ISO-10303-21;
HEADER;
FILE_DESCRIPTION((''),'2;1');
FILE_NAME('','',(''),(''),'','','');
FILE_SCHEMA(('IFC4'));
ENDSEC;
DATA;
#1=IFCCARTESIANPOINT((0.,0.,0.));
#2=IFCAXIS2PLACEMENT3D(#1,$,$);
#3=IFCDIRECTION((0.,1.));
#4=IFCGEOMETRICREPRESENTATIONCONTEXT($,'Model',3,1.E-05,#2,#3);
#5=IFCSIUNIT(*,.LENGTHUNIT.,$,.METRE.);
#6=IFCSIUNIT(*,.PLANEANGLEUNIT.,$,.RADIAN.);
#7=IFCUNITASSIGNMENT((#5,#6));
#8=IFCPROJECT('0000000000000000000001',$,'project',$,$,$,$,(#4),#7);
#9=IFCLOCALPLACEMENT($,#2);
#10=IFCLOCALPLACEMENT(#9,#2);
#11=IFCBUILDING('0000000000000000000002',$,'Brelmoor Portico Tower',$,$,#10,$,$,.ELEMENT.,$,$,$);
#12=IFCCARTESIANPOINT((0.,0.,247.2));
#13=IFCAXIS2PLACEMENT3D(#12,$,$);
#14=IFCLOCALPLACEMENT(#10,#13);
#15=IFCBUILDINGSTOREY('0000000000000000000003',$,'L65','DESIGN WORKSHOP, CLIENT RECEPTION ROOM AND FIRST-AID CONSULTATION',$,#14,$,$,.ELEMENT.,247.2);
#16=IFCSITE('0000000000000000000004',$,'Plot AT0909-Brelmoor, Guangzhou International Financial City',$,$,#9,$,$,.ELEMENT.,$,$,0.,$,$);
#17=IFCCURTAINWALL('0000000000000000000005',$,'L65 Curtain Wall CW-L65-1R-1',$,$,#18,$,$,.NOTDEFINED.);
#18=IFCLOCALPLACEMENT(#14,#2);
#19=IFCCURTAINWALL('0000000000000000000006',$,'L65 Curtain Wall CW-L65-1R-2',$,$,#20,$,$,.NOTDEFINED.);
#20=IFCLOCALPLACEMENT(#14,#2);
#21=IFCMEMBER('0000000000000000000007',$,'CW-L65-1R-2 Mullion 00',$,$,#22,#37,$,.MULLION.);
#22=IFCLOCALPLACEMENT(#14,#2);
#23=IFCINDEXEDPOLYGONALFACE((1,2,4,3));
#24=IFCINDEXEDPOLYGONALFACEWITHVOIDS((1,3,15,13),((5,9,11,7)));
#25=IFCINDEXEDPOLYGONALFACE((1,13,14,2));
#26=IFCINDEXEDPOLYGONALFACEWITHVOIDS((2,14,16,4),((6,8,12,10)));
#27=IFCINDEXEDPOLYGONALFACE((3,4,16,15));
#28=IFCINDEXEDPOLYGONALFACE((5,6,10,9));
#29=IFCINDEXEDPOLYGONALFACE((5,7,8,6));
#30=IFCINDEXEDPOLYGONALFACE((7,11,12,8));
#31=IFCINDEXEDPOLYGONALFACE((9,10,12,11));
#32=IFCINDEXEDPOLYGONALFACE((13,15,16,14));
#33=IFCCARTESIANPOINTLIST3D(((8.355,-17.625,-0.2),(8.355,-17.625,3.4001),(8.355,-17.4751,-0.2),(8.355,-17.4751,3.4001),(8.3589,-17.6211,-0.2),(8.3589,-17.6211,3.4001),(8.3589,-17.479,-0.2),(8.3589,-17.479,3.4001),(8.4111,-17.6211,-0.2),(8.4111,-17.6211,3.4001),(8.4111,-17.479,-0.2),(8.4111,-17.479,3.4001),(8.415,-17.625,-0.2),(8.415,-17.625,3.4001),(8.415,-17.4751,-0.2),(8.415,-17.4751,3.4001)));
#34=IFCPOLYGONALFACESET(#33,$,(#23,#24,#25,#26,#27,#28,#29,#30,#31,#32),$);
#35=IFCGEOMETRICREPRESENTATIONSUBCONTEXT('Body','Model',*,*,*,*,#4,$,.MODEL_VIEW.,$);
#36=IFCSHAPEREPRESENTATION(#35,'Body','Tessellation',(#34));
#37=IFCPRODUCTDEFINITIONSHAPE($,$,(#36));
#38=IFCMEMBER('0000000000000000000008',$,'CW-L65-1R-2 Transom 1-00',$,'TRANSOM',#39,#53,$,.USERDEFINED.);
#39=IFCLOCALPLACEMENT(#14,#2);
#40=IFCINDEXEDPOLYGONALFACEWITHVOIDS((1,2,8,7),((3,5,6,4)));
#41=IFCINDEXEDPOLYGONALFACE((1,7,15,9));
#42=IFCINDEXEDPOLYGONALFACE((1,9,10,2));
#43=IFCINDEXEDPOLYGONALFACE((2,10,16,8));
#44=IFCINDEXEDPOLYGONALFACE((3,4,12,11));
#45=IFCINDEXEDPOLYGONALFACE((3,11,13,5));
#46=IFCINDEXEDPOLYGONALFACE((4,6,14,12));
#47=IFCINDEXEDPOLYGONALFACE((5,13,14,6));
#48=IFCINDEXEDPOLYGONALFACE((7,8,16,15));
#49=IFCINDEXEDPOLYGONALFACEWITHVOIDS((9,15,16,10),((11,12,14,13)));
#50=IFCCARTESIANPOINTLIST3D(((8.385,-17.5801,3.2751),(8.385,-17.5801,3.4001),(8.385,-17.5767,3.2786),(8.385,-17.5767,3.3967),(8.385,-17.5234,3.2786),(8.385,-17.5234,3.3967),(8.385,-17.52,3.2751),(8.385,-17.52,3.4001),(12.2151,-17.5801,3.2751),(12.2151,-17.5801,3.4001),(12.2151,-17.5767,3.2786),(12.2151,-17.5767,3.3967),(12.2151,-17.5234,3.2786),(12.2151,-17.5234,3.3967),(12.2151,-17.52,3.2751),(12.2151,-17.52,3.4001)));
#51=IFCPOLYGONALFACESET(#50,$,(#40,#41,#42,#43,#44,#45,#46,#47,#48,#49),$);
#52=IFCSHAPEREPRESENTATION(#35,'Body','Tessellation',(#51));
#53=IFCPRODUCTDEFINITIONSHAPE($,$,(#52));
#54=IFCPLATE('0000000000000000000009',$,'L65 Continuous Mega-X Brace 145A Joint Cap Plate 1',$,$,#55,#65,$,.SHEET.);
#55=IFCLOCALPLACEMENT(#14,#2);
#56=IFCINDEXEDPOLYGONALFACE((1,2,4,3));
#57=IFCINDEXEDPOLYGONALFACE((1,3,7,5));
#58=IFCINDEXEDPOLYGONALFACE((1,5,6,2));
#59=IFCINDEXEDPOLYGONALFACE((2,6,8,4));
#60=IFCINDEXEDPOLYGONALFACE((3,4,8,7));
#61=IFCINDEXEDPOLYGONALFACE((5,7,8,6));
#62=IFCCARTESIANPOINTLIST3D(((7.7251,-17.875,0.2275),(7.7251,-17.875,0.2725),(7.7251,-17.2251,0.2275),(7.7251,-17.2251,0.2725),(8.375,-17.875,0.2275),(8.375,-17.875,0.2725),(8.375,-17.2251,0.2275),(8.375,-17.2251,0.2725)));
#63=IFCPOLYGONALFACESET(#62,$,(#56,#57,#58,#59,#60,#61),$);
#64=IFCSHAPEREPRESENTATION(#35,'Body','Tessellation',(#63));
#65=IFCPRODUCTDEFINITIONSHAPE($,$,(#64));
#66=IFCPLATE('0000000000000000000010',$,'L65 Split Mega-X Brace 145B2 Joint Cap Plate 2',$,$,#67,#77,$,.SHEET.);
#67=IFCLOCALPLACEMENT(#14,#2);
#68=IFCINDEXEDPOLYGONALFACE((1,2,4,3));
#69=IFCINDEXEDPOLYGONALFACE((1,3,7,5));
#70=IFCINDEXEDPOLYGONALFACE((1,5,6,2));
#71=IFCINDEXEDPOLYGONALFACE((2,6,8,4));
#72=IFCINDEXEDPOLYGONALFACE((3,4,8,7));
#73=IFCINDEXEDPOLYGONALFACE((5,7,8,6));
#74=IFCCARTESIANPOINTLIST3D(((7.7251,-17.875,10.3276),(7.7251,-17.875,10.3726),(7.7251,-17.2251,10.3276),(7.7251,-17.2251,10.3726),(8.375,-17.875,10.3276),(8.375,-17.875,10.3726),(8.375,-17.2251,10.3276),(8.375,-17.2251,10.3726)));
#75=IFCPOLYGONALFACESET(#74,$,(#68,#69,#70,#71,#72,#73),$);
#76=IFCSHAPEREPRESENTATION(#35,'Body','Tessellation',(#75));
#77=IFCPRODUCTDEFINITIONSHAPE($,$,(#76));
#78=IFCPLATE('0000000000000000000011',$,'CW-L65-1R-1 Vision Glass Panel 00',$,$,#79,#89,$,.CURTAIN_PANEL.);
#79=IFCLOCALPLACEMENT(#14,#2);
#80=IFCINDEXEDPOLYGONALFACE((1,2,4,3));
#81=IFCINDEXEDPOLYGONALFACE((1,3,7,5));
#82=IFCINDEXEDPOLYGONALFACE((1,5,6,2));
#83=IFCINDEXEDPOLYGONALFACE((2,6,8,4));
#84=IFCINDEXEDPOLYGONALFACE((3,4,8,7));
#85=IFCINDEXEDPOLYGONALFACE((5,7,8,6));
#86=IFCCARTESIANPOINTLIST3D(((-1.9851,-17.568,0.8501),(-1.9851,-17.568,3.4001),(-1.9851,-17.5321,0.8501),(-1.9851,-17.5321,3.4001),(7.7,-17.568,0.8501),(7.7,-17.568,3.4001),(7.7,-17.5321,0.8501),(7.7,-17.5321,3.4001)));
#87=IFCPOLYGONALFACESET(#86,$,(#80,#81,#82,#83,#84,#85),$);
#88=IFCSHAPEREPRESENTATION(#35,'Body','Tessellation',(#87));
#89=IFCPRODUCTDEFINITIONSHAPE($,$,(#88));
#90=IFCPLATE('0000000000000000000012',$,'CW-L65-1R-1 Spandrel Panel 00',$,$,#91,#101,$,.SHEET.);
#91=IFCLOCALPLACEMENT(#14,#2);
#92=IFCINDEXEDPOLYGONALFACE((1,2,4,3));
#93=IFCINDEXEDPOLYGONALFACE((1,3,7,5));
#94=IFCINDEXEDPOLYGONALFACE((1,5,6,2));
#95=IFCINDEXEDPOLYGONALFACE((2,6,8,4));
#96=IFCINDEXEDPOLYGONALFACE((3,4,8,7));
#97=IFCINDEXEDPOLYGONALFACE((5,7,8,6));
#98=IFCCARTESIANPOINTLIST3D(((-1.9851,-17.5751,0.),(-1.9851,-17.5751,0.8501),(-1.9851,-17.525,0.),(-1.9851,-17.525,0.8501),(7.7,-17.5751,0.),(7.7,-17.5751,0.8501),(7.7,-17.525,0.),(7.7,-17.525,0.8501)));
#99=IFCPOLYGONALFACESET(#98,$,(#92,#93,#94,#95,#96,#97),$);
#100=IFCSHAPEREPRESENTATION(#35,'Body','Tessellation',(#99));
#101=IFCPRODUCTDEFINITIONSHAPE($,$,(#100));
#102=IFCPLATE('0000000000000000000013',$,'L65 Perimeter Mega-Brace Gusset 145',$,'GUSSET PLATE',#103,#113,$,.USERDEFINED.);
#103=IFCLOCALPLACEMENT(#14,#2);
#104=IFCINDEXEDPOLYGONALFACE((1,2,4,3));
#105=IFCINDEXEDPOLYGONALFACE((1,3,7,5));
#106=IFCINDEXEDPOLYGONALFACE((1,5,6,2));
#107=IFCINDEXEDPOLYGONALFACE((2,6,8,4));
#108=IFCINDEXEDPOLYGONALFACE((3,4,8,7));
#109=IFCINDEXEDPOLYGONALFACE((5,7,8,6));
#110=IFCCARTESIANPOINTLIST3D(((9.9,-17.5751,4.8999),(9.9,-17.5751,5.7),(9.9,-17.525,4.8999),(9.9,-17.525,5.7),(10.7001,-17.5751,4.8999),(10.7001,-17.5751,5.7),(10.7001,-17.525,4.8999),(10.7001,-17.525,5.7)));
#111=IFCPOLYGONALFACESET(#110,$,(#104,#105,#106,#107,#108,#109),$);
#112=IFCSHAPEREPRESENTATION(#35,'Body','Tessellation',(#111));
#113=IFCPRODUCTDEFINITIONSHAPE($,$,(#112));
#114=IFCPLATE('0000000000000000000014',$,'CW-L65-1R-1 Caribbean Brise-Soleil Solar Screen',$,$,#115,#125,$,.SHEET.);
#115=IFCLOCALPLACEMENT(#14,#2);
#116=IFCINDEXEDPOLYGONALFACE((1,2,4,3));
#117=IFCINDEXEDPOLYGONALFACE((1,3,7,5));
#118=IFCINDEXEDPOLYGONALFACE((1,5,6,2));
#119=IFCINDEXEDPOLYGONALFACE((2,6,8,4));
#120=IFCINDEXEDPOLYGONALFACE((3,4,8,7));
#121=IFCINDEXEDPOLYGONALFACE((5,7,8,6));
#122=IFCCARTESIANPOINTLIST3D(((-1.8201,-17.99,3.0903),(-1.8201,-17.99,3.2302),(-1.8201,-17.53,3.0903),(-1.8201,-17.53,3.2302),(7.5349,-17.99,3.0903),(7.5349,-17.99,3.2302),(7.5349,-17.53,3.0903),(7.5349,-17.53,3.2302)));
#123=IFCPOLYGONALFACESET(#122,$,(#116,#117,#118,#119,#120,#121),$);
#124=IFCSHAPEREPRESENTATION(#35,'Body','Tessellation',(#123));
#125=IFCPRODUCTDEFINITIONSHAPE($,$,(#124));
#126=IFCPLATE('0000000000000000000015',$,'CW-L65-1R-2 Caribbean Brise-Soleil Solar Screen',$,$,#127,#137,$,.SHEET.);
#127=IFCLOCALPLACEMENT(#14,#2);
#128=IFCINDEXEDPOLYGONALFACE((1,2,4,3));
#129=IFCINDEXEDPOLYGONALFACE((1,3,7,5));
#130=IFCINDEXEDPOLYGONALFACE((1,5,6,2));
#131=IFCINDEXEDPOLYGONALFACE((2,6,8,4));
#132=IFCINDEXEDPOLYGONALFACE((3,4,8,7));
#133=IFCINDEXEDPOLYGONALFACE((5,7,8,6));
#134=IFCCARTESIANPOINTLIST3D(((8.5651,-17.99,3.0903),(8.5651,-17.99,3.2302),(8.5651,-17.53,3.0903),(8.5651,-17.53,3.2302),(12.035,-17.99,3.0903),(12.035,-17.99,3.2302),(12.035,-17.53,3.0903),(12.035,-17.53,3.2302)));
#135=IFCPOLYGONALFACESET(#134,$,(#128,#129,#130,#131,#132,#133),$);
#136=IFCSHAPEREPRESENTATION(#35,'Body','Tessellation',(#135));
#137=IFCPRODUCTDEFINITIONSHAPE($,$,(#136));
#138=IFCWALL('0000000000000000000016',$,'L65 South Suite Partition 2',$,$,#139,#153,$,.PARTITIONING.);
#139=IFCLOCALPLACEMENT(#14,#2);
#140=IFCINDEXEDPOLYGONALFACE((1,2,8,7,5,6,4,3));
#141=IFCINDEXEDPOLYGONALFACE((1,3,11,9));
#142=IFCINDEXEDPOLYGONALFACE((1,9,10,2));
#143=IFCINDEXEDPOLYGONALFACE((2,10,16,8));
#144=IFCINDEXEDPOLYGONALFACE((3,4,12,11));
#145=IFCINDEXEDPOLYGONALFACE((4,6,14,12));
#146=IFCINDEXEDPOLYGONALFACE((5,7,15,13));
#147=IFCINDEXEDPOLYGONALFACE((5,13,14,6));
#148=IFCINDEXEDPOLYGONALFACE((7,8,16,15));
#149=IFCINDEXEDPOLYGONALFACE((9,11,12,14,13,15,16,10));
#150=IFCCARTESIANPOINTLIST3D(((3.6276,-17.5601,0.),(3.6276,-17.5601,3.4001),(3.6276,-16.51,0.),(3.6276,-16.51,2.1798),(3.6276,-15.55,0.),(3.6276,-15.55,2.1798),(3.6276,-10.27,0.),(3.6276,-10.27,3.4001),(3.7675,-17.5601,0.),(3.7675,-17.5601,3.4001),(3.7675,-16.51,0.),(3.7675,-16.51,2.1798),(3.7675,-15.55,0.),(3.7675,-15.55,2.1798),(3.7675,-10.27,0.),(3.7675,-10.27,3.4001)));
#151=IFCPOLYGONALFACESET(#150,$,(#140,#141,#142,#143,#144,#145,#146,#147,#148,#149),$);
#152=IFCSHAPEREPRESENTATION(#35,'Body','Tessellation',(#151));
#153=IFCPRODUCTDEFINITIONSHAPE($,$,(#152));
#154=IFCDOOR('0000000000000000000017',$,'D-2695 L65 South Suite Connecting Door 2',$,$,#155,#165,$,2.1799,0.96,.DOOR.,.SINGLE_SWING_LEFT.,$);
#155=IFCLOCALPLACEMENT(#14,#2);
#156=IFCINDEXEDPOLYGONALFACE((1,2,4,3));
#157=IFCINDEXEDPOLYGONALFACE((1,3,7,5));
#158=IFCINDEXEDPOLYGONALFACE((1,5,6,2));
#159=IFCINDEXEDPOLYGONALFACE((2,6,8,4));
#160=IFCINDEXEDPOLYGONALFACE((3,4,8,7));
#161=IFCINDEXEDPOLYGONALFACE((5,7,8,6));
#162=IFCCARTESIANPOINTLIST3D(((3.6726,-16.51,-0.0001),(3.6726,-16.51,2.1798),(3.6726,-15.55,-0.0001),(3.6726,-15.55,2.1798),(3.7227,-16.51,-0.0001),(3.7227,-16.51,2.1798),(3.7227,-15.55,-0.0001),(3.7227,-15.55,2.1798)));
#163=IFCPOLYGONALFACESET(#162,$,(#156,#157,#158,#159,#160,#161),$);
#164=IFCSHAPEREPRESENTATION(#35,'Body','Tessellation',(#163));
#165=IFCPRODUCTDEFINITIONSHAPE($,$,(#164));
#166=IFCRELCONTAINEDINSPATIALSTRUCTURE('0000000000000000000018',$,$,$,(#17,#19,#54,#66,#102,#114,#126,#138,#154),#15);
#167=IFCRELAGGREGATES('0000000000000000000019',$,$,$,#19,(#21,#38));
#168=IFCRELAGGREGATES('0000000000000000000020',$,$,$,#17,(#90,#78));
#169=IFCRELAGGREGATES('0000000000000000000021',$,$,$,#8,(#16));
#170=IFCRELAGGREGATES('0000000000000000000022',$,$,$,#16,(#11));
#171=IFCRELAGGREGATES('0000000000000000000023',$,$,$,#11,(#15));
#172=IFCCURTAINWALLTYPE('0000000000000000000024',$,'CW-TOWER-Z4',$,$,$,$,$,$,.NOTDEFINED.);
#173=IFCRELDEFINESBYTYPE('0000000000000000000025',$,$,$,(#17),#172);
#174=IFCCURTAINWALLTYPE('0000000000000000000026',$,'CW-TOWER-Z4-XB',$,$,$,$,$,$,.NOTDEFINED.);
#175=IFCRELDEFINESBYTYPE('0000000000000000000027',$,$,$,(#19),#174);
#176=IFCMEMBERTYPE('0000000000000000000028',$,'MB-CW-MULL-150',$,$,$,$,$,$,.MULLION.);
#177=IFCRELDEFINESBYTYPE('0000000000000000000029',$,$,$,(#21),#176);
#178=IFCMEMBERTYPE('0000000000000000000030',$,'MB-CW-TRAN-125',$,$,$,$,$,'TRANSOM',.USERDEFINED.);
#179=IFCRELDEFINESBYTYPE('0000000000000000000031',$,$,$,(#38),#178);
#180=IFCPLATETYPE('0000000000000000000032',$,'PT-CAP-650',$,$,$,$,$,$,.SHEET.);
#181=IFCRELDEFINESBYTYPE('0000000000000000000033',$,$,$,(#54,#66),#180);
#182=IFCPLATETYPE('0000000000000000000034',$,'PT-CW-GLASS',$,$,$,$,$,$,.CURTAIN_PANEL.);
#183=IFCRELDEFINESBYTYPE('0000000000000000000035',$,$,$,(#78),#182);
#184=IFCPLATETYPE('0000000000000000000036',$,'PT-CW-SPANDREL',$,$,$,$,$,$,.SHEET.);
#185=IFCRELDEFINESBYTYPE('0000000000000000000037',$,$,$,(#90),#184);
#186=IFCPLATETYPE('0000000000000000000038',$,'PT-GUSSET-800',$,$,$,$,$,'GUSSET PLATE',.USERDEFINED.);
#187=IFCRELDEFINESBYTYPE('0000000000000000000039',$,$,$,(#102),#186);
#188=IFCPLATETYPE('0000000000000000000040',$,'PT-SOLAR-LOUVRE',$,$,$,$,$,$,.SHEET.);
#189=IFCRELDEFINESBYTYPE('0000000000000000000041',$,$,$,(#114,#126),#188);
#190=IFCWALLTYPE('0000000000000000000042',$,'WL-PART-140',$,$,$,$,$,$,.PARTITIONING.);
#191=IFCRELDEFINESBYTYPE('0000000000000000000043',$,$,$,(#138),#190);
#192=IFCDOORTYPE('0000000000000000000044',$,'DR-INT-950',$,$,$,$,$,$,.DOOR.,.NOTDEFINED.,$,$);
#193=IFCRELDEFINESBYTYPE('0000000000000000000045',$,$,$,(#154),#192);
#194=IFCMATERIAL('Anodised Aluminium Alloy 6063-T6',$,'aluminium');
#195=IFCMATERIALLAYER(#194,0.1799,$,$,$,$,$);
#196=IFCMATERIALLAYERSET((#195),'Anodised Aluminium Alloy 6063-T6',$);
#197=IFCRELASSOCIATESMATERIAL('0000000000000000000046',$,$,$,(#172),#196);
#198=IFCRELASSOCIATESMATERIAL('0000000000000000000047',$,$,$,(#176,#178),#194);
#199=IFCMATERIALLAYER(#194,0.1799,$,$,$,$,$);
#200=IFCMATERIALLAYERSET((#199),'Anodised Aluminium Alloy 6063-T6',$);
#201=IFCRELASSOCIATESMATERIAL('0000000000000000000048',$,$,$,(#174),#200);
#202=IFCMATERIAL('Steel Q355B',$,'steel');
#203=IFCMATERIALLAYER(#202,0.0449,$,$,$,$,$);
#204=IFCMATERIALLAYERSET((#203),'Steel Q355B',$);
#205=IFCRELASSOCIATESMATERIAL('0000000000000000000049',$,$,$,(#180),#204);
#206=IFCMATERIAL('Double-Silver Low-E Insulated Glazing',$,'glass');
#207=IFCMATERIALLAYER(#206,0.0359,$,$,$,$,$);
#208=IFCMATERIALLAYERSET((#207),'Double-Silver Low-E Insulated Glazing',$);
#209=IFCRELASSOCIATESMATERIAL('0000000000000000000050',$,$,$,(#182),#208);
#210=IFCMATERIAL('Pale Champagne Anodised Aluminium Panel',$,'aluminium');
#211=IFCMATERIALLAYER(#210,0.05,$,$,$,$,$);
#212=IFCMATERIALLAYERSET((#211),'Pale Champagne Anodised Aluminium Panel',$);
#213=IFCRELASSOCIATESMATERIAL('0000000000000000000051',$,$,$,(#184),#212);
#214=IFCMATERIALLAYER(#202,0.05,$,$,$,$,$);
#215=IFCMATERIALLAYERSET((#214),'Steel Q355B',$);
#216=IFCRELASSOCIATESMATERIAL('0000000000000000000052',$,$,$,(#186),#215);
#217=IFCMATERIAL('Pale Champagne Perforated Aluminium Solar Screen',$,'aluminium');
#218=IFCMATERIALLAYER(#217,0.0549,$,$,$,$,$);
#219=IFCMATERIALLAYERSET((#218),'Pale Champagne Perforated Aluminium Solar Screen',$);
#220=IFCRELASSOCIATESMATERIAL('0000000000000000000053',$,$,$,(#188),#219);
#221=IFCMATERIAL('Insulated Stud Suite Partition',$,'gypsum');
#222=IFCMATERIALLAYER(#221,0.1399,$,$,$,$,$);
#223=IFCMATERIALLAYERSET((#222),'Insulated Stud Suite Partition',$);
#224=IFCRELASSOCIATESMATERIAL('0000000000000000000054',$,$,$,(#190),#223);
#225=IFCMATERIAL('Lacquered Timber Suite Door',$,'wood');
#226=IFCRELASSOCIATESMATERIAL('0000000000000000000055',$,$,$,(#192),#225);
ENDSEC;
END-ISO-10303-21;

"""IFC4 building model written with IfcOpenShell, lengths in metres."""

from ifc_helpers import new_model, si_unit, direction, frame, frame_2d, origin, origin_2d, place, context, subcontext, project, spatial, rectangle, hollow_rectangle, extrude, material, layer, layer_set, material_profile, profile_set, type_object, element, fill, aggregate, save


model = new_model("IFC4")

# Units and contexts
model_context = context("Model", 3, precision=1e-05, world=origin(), true_north=direction((0.0, 1.0)))
body_context = subcontext(model_context, "Body", "Model", "MODEL_VIEW")
ifc_project = project(units=[si_unit("LENGTHUNIT", "METRE"), si_unit("PLANEANGLEUNIT", "RADIAN")], contexts=[model_context])

# Site, building, storey
site_placement = place(None, origin())
site = spatial("IfcSite", under=ifc_project, at=site_placement, Name="Plot AT0909-Brelmoor, Guangzhou International Financial City", CompositionType="ELEMENT", RefElevation=0.0)
building_placement = place(site_placement, origin())
building = spatial("IfcBuilding", under=site, at=building_placement, Name="Brelmoor Portico Tower", CompositionType="ELEMENT")
storey_placement = place(building_placement, frame((0.0, 0.0, 247.2)))
storey = spatial("IfcBuildingStorey", under=building, at=storey_placement, Name="L65", Description="DESIGN WORKSHOP, CLIENT RECEPTION ROOM AND FIRST-AID CONSULTATION", CompositionType="ELEMENT", Elevation=247.2)

# Shared definitions
ifc_material_1 = material(Name="Steel Q355B", Category="steel")

# Curtain wall
ifc_material_2 = material(Name="Anodised Aluminium Alloy 6063-T6", Category="aluminium")
ifc_layer_1 = layer(ifc_material_2, 0.1799)
ifc_layer_set_1 = layer_set([ifc_layer_1], Name="Anodised Aluminium Alloy 6063-T6")
curtain_wall_type_1 = type_object("IfcCurtainWallType", Name="CW-TOWER-Z4", PredefinedType="NOTDEFINED", material=ifc_layer_set_1)
curtain_wall_1_placement = place(storey_placement, origin())
curtain_wall_1 = element("IfcCurtainWall", 1, at=curtain_wall_1_placement, inside=storey, type_object=curtain_wall_type_1, Name="L65 Curtain Wall CW-L65-1R-1", PredefinedType="NOTDEFINED")
ifc_material_profile_1 = material_profile(ifc_material_2, hollow_rectangle(XDim=0.0601, YDim=0.1499, WallThickness=0.0039, at=origin_2d()), Name="ALU MULLION 60x150")
ifc_profile_set_1 = profile_set([ifc_material_profile_1], Name="Anodised Aluminium Alloy 6063-T6")
member_type_1 = type_object("IfcMemberType", Name="MB-CW-MULL-150", PredefinedType="MULLION", material=ifc_profile_set_1)

# Curtain wall, members
ifc_layer_2 = layer(ifc_material_2, 0.1799)
ifc_layer_set_2 = layer_set([ifc_layer_2], Name="Anodised Aluminium Alloy 6063-T6")
curtain_wall_type_2 = type_object("IfcCurtainWallType", Name="CW-TOWER-Z4-XB", PredefinedType="NOTDEFINED", material=ifc_layer_set_2)
curtain_wall_2_placement = place(storey_placement, origin())
curtain_wall_2 = element("IfcCurtainWall", 2, at=curtain_wall_2_placement, inside=storey, type_object=curtain_wall_type_2, Name="L65 Curtain Wall CW-L65-1R-2", PredefinedType="NOTDEFINED")
member_1_placement = place(storey_placement, frame((8.385, -17.55, -0.2), z_axis=(0.0, 0.0, 1.0), x_axis=(1.0, 0.0, 0.0)))
member_1 = element("IfcMember", 3, at=member_1_placement, type_object=member_type_1, Name="CW-L65-1R-2 Mullion 00", PredefinedType="MULLION", context=body_context, shape_type="SweptSolid", body=[
    extrude(hollow_rectangle(XDim=0.0601, YDim=0.1499, WallThickness=0.0039, at=origin_2d()), origin(), (0.0, 0.0, 1.0), 3.6001),
])
ifc_material_profile_2 = material_profile(ifc_material_2, hollow_rectangle(XDim=0.0601, YDim=0.125, WallThickness=0.0034, at=origin_2d()), Name="ALU TRANSOM 60x125")
ifc_profile_set_2 = profile_set([ifc_material_profile_2], Name="Anodised Aluminium Alloy 6063-T6")
member_type_2 = type_object("IfcMemberType", Name="MB-CW-TRAN-125", ElementType="TRANSOM", PredefinedType="USERDEFINED", material=ifc_profile_set_2)
member_2_placement = place(storey_placement, frame((8.385, -17.55, 3.3376), z_axis=(1.0, 0.0, 0.0), x_axis=(0.0, 1.0, 0.0)))
member_2 = element("IfcMember", 4, at=member_2_placement, type_object=member_type_2, Name="CW-L65-1R-2 Transom 1-00", ObjectType="TRANSOM", PredefinedType="USERDEFINED", context=body_context, shape_type="SweptSolid", body=[
    extrude(hollow_rectangle(XDim=0.0601, YDim=0.125, WallThickness=0.0034, at=origin_2d()), origin(), (0.0, 0.0, 1.0), 3.8301),
])
aggregate(curtain_wall_2, [member_1, member_2])

# Plates
ifc_layer_3 = layer(ifc_material_1, 0.0449)
ifc_layer_set_3 = layer_set([ifc_layer_3], Name="Steel Q355B")
plate_type_1 = type_object("IfcPlateType", Name="PT-CAP-650", PredefinedType="SHEET", material=ifc_layer_set_3)
for number, where, z_axis, x_axis, name in (
    (5, (8.05, -17.55, 0.2275), (0.0, 0.0, 1.0), (1.0, 0.0, 0.0), "L65 Continuous Mega-X Brace 145A Joint Cap Plate 1"),
    (6, (8.05, -17.55, 10.3276), (0.0, 0.0, 1.0), (1.0, 0.0, 0.0), "L65 Split Mega-X Brace 145B2 Joint Cap Plate 2"),
):
    element("IfcPlate", number, at=place(storey_placement, frame(where, z_axis=z_axis, x_axis=x_axis)), inside=storey, type_object=plate_type_1, Name=name, PredefinedType="SHEET", context=body_context, shape_type="SweptSolid", body=[
        extrude(rectangle(XDim=0.6499, YDim=0.6499, at=origin_2d()), origin(), (0.0, 0.0, 1.0), 0.0449),
    ])

# Plates
ifc_material_3 = material(Name="Double-Silver Low-E Insulated Glazing", Category="glass")
ifc_layer_4 = layer(ifc_material_3, 0.0359)
ifc_layer_set_4 = layer_set([ifc_layer_4], Name="Double-Silver Low-E Insulated Glazing")
plate_type_2 = type_object("IfcPlateType", Name="PT-CW-GLASS", PredefinedType="CURTAIN_PANEL", material=ifc_layer_set_4)
plate_1_placement = place(storey_placement, frame((2.8574, -17.55, 0.8501), z_axis=(0.0, 0.0, 1.0), x_axis=(1.0, 0.0, 0.0)))
plate_1 = element("IfcPlate", 7, at=plate_1_placement, type_object=plate_type_2, Name="CW-L65-1R-1 Vision Glass Panel 00", PredefinedType="CURTAIN_PANEL", context=body_context, shape_type="SweptSolid", body=[
    extrude(rectangle(XDim=9.6851, YDim=0.0359, at=origin_2d()), origin(), (0.0, 0.0, 1.0), 2.55),
])
ifc_material_4 = material(Name="Pale Champagne Anodised Aluminium Panel", Category="aluminium")
ifc_layer_5 = layer(ifc_material_4, 0.05)
ifc_layer_set_5 = layer_set([ifc_layer_5], Name="Pale Champagne Anodised Aluminium Panel")
plate_type_3 = type_object("IfcPlateType", Name="PT-CW-SPANDREL", PredefinedType="SHEET", material=ifc_layer_set_5)
plate_2_placement = place(storey_placement, frame((2.8574, -17.55, 0.0), z_axis=(0.0, 0.0, 1.0), x_axis=(1.0, 0.0, 0.0)))
plate_2 = element("IfcPlate", 8, at=plate_2_placement, type_object=plate_type_3, Name="CW-L65-1R-1 Spandrel Panel 00", PredefinedType="SHEET", context=body_context, shape_type="SweptSolid", body=[
    extrude(rectangle(XDim=9.6851, YDim=0.05, at=origin_2d()), origin(), (0.0, 0.0, 1.0), 0.8501),
])
aggregate(curtain_wall_1, [plate_2, plate_1])

# Plates
ifc_layer_6 = layer(ifc_material_1, 0.05)
ifc_layer_set_6 = layer_set([ifc_layer_6], Name="Steel Q355B")
plate_type_4 = type_object("IfcPlateType", Name="PT-GUSSET-800", ElementType="GUSSET PLATE", PredefinedType="USERDEFINED", material=ifc_layer_set_6)
plate_3_placement = place(storey_placement, frame((10.3, -17.55, 4.8999), z_axis=(0.0, 0.0, 1.0), x_axis=(1.0, 0.0, 0.0)))
element("IfcPlate", 9, at=plate_3_placement, inside=storey, type_object=plate_type_4, Name="L65 Perimeter Mega-Brace Gusset 145", ObjectType="GUSSET PLATE", PredefinedType="USERDEFINED", context=body_context, shape_type="SweptSolid", body=[
    extrude(rectangle(XDim=0.8, YDim=0.05, at=origin_2d()), origin(), (0.0, 0.0, 1.0), 0.8),
])
ifc_material_5 = material(Name="Pale Champagne Perforated Aluminium Solar Screen", Category="aluminium")
ifc_layer_7 = layer(ifc_material_5, 0.0549)
ifc_layer_set_7 = layer_set([ifc_layer_7], Name="Pale Champagne Perforated Aluminium Solar Screen")
plate_type_5 = type_object("IfcPlateType", Name="PT-SOLAR-LOUVRE", PredefinedType="SHEET", material=ifc_layer_set_7)
plate_4_placement = place(storey_placement, frame((2.8574, -17.76, 3.0903), z_axis=(0.0, 0.0, 1.0), x_axis=(1.0, 0.0, 0.0)))
element("IfcPlate", 10, at=plate_4_placement, inside=storey, type_object=plate_type_5, Name="CW-L65-1R-1 Caribbean Brise-Soleil Solar Screen", PredefinedType="SHEET", context=body_context, shape_type="SweptSolid", body=[
    extrude(rectangle(XDim=9.355, YDim=0.46, at=origin_2d()), origin(), (0.0, 0.0, 1.0), 0.1399),
])
plate_5_placement = place(storey_placement, frame((10.3, -17.76, 3.0903), z_axis=(0.0, 0.0, 1.0), x_axis=(1.0, 0.0, 0.0)))
element("IfcPlate", 11, at=plate_5_placement, inside=storey, type_object=plate_type_5, Name="CW-L65-1R-2 Caribbean Brise-Soleil Solar Screen", PredefinedType="SHEET", context=body_context, shape_type="SweptSolid", body=[
    extrude(rectangle(XDim=3.47, YDim=0.46, at=origin_2d()), origin(), (0.0, 0.0, 1.0), 0.1399),
])

# Wall, opening, door
ifc_material_6 = material(Name="Insulated Stud Suite Partition", Category="gypsum")
ifc_layer_8 = layer(ifc_material_6, 0.1399)
ifc_layer_set_8 = layer_set([ifc_layer_8], Name="Insulated Stud Suite Partition")
wall_type_1 = type_object("IfcWallType", Name="WL-PART-140", PredefinedType="PARTITIONING", material=ifc_layer_set_8)
wall_1_placement = place(storey_placement, frame((3.6975, -17.5601, 0.0), z_axis=(0.0, 0.0, 1.0), x_axis=(0.0, 1.0, 0.0)))
wall_1 = element("IfcWall", 12, at=wall_1_placement, inside=storey, type_object=wall_type_1, Name="L65 South Suite Partition 2", PredefinedType="PARTITIONING", context=body_context, shape_type="SweptSolid", body=[
    extrude(rectangle(XDim=7.29, YDim=0.1399, at=frame_2d((3.645, 0.0))), origin(), (0.0, 0.0, 1.0), 3.4001),
])
opening_1_placement = place(wall_1_placement, frame((1.05, 0.0, 0.0)))
opening_1 = element("IfcOpeningElement", 13, at=opening_1_placement, cuts=wall_1, PredefinedType="OPENING", context=body_context, shape_type="SweptSolid", body=[
    extrude(rectangle(XDim=0.96, YDim=2.1799, at=frame_2d((0.48, 1.0898))), frame((0.0, 0.0798, 0.0), z_axis=(0.0, -1.0, 0.0), x_axis=(1.0, 0.0, 0.0)), (0.0, 0.0, 1.0), 0.1599),
])
ifc_material_7 = material(Name="Lacquered Timber Suite Door", Category="wood")
door_type_1 = type_object("IfcDoorType", Name="DR-INT-950", OperationType="NOTDEFINED", PredefinedType="DOOR", material=ifc_material_7)
door_1_placement = place(opening_1_placement, origin())
door_1 = element("IfcDoor", 14, at=door_1_placement, inside=storey, type_object=door_type_1, Name="D-2695 L65 South Suite Connecting Door 2", OperationType="SINGLE_SWING_LEFT", OverallHeight=2.1799, OverallWidth=0.96, PredefinedType="DOOR", context=body_context, shape_type="SweptSolid", body=[
    extrude(rectangle(XDim=0.96, YDim=2.1799, at=frame_2d((0.48, 1.0898))), frame((0.0, 0.0249, 0.0), z_axis=(0.0, -1.0, 0.0), x_axis=(1.0, 0.0, 0.0)), (0.0, 0.0, 1.0), 0.05),
])
fill(opening_1, door_1)

save(model, "model.ifc")
